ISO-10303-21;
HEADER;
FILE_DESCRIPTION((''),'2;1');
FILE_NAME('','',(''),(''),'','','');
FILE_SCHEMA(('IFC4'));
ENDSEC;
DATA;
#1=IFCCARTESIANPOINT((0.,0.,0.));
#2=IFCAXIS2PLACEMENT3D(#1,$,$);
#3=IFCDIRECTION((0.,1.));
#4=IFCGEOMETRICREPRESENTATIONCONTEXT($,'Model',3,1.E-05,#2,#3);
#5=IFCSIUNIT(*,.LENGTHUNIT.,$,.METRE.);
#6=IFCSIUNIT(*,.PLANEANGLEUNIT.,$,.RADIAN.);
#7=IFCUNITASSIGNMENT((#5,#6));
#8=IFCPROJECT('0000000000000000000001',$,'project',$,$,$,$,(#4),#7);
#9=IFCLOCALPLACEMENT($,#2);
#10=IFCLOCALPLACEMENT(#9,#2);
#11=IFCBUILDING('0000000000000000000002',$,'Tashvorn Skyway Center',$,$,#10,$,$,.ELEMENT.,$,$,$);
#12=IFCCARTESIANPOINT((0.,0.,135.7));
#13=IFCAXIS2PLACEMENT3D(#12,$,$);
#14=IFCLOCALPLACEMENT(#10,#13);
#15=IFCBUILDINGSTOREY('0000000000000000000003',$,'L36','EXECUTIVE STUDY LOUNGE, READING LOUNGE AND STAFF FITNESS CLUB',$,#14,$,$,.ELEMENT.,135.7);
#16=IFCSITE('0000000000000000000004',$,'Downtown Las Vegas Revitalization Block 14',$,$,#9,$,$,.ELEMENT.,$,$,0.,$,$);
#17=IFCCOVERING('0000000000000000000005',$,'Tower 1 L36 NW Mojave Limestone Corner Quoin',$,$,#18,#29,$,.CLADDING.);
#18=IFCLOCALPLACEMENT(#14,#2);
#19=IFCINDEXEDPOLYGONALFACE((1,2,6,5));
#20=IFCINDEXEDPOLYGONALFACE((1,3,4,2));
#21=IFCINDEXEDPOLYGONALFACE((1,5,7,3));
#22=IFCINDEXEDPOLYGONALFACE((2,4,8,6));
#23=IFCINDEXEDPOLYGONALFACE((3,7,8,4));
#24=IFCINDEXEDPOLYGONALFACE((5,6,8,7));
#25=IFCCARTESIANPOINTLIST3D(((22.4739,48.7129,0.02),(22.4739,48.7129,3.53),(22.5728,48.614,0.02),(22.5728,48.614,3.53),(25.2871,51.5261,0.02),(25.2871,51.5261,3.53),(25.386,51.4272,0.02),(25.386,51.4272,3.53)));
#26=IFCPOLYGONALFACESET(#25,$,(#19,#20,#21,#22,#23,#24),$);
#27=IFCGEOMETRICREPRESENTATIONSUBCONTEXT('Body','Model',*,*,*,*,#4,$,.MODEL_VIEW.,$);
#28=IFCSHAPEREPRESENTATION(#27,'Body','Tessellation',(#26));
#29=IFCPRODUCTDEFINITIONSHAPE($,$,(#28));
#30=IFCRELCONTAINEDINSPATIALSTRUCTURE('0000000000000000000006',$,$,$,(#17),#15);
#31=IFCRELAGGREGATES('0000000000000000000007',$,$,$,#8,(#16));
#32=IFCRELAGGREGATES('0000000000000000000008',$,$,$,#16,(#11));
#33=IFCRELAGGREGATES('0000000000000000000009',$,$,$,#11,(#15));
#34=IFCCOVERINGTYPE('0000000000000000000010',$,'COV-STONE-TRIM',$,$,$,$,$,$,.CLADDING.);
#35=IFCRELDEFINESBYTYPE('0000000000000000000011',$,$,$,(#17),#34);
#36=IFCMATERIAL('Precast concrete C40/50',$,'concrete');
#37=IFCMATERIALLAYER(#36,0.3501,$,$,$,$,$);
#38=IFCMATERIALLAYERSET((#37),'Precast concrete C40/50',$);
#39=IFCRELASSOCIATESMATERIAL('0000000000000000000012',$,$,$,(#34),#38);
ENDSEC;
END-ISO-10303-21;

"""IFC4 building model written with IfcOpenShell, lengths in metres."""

from ifc_helpers import new_model, si_unit, direction, frame, origin, origin_2d, place, context, subcontext, project, spatial, rectangle, extrude, material, layer, layer_set, type_object, element, save


model = new_model("IFC4")

# Units and contexts
model_context = context("Model", 3, precision=1e-05, world=origin(), true_north=direction((0.0, 1.0)))
body_context = subcontext(model_context, "Body", "Model", "MODEL_VIEW")
ifc_project = project(units=[si_unit("LENGTHUNIT", "METRE"), si_unit("PLANEANGLEUNIT", "RADIAN")], contexts=[model_context])

# Site, building, storey
site_placement = place(None, origin())
site = spatial("IfcSite", under=ifc_project, at=site_placement, Name="Downtown Las Vegas Revitalization Block 14", CompositionType="ELEMENT", RefElevation=0.0)
building_placement = place(site_placement, origin())
building = spatial("IfcBuilding", under=site, at=building_placement, Name="Tashvorn Skyway Center", CompositionType="ELEMENT")
storey_placement = place(building_placement, frame((0.0, 0.0, 135.7)))
storey = spatial("IfcBuildingStorey", under=building, at=storey_placement, Name="L36", Description="EXECUTIVE STUDY LOUNGE, READING LOUNGE AND STAFF FITNESS CLUB", CompositionType="ELEMENT", Elevation=135.7)

# Shared definitions
ifc_material_1 = material(Name="Precast concrete C40/50", Category="concrete")

# Covering
ifc_layer_1 = layer(ifc_material_1, 0.3501)
ifc_layer_set_1 = layer_set([ifc_layer_1], Name="Precast concrete C40/50")
covering_type_1 = type_object("IfcCoveringType", Name="COV-STONE-TRIM", PredefinedType="CLADDING", material=ifc_layer_set_1)
covering_1_placement = place(storey_placement, frame((23.9299, 50.0701, 0.02), z_axis=(0.0, 0.0, 1.0), x_axis=(-0.707107, -0.707107, 0.0)))
element("IfcCovering", 1, at=covering_1_placement, inside=storey, type_object=covering_type_1, Name="Tower 1 L36 NW Mojave Limestone Corner Quoin", PredefinedType="CLADDING", context=body_context, shape_type="SweptSolid", body=[
    extrude(rectangle(XDim=3.9785, YDim=0.1399, at=origin_2d()), origin(), (0.0, 0.0, 1.0), 3.51),
])

save(model, "model.ifc")
